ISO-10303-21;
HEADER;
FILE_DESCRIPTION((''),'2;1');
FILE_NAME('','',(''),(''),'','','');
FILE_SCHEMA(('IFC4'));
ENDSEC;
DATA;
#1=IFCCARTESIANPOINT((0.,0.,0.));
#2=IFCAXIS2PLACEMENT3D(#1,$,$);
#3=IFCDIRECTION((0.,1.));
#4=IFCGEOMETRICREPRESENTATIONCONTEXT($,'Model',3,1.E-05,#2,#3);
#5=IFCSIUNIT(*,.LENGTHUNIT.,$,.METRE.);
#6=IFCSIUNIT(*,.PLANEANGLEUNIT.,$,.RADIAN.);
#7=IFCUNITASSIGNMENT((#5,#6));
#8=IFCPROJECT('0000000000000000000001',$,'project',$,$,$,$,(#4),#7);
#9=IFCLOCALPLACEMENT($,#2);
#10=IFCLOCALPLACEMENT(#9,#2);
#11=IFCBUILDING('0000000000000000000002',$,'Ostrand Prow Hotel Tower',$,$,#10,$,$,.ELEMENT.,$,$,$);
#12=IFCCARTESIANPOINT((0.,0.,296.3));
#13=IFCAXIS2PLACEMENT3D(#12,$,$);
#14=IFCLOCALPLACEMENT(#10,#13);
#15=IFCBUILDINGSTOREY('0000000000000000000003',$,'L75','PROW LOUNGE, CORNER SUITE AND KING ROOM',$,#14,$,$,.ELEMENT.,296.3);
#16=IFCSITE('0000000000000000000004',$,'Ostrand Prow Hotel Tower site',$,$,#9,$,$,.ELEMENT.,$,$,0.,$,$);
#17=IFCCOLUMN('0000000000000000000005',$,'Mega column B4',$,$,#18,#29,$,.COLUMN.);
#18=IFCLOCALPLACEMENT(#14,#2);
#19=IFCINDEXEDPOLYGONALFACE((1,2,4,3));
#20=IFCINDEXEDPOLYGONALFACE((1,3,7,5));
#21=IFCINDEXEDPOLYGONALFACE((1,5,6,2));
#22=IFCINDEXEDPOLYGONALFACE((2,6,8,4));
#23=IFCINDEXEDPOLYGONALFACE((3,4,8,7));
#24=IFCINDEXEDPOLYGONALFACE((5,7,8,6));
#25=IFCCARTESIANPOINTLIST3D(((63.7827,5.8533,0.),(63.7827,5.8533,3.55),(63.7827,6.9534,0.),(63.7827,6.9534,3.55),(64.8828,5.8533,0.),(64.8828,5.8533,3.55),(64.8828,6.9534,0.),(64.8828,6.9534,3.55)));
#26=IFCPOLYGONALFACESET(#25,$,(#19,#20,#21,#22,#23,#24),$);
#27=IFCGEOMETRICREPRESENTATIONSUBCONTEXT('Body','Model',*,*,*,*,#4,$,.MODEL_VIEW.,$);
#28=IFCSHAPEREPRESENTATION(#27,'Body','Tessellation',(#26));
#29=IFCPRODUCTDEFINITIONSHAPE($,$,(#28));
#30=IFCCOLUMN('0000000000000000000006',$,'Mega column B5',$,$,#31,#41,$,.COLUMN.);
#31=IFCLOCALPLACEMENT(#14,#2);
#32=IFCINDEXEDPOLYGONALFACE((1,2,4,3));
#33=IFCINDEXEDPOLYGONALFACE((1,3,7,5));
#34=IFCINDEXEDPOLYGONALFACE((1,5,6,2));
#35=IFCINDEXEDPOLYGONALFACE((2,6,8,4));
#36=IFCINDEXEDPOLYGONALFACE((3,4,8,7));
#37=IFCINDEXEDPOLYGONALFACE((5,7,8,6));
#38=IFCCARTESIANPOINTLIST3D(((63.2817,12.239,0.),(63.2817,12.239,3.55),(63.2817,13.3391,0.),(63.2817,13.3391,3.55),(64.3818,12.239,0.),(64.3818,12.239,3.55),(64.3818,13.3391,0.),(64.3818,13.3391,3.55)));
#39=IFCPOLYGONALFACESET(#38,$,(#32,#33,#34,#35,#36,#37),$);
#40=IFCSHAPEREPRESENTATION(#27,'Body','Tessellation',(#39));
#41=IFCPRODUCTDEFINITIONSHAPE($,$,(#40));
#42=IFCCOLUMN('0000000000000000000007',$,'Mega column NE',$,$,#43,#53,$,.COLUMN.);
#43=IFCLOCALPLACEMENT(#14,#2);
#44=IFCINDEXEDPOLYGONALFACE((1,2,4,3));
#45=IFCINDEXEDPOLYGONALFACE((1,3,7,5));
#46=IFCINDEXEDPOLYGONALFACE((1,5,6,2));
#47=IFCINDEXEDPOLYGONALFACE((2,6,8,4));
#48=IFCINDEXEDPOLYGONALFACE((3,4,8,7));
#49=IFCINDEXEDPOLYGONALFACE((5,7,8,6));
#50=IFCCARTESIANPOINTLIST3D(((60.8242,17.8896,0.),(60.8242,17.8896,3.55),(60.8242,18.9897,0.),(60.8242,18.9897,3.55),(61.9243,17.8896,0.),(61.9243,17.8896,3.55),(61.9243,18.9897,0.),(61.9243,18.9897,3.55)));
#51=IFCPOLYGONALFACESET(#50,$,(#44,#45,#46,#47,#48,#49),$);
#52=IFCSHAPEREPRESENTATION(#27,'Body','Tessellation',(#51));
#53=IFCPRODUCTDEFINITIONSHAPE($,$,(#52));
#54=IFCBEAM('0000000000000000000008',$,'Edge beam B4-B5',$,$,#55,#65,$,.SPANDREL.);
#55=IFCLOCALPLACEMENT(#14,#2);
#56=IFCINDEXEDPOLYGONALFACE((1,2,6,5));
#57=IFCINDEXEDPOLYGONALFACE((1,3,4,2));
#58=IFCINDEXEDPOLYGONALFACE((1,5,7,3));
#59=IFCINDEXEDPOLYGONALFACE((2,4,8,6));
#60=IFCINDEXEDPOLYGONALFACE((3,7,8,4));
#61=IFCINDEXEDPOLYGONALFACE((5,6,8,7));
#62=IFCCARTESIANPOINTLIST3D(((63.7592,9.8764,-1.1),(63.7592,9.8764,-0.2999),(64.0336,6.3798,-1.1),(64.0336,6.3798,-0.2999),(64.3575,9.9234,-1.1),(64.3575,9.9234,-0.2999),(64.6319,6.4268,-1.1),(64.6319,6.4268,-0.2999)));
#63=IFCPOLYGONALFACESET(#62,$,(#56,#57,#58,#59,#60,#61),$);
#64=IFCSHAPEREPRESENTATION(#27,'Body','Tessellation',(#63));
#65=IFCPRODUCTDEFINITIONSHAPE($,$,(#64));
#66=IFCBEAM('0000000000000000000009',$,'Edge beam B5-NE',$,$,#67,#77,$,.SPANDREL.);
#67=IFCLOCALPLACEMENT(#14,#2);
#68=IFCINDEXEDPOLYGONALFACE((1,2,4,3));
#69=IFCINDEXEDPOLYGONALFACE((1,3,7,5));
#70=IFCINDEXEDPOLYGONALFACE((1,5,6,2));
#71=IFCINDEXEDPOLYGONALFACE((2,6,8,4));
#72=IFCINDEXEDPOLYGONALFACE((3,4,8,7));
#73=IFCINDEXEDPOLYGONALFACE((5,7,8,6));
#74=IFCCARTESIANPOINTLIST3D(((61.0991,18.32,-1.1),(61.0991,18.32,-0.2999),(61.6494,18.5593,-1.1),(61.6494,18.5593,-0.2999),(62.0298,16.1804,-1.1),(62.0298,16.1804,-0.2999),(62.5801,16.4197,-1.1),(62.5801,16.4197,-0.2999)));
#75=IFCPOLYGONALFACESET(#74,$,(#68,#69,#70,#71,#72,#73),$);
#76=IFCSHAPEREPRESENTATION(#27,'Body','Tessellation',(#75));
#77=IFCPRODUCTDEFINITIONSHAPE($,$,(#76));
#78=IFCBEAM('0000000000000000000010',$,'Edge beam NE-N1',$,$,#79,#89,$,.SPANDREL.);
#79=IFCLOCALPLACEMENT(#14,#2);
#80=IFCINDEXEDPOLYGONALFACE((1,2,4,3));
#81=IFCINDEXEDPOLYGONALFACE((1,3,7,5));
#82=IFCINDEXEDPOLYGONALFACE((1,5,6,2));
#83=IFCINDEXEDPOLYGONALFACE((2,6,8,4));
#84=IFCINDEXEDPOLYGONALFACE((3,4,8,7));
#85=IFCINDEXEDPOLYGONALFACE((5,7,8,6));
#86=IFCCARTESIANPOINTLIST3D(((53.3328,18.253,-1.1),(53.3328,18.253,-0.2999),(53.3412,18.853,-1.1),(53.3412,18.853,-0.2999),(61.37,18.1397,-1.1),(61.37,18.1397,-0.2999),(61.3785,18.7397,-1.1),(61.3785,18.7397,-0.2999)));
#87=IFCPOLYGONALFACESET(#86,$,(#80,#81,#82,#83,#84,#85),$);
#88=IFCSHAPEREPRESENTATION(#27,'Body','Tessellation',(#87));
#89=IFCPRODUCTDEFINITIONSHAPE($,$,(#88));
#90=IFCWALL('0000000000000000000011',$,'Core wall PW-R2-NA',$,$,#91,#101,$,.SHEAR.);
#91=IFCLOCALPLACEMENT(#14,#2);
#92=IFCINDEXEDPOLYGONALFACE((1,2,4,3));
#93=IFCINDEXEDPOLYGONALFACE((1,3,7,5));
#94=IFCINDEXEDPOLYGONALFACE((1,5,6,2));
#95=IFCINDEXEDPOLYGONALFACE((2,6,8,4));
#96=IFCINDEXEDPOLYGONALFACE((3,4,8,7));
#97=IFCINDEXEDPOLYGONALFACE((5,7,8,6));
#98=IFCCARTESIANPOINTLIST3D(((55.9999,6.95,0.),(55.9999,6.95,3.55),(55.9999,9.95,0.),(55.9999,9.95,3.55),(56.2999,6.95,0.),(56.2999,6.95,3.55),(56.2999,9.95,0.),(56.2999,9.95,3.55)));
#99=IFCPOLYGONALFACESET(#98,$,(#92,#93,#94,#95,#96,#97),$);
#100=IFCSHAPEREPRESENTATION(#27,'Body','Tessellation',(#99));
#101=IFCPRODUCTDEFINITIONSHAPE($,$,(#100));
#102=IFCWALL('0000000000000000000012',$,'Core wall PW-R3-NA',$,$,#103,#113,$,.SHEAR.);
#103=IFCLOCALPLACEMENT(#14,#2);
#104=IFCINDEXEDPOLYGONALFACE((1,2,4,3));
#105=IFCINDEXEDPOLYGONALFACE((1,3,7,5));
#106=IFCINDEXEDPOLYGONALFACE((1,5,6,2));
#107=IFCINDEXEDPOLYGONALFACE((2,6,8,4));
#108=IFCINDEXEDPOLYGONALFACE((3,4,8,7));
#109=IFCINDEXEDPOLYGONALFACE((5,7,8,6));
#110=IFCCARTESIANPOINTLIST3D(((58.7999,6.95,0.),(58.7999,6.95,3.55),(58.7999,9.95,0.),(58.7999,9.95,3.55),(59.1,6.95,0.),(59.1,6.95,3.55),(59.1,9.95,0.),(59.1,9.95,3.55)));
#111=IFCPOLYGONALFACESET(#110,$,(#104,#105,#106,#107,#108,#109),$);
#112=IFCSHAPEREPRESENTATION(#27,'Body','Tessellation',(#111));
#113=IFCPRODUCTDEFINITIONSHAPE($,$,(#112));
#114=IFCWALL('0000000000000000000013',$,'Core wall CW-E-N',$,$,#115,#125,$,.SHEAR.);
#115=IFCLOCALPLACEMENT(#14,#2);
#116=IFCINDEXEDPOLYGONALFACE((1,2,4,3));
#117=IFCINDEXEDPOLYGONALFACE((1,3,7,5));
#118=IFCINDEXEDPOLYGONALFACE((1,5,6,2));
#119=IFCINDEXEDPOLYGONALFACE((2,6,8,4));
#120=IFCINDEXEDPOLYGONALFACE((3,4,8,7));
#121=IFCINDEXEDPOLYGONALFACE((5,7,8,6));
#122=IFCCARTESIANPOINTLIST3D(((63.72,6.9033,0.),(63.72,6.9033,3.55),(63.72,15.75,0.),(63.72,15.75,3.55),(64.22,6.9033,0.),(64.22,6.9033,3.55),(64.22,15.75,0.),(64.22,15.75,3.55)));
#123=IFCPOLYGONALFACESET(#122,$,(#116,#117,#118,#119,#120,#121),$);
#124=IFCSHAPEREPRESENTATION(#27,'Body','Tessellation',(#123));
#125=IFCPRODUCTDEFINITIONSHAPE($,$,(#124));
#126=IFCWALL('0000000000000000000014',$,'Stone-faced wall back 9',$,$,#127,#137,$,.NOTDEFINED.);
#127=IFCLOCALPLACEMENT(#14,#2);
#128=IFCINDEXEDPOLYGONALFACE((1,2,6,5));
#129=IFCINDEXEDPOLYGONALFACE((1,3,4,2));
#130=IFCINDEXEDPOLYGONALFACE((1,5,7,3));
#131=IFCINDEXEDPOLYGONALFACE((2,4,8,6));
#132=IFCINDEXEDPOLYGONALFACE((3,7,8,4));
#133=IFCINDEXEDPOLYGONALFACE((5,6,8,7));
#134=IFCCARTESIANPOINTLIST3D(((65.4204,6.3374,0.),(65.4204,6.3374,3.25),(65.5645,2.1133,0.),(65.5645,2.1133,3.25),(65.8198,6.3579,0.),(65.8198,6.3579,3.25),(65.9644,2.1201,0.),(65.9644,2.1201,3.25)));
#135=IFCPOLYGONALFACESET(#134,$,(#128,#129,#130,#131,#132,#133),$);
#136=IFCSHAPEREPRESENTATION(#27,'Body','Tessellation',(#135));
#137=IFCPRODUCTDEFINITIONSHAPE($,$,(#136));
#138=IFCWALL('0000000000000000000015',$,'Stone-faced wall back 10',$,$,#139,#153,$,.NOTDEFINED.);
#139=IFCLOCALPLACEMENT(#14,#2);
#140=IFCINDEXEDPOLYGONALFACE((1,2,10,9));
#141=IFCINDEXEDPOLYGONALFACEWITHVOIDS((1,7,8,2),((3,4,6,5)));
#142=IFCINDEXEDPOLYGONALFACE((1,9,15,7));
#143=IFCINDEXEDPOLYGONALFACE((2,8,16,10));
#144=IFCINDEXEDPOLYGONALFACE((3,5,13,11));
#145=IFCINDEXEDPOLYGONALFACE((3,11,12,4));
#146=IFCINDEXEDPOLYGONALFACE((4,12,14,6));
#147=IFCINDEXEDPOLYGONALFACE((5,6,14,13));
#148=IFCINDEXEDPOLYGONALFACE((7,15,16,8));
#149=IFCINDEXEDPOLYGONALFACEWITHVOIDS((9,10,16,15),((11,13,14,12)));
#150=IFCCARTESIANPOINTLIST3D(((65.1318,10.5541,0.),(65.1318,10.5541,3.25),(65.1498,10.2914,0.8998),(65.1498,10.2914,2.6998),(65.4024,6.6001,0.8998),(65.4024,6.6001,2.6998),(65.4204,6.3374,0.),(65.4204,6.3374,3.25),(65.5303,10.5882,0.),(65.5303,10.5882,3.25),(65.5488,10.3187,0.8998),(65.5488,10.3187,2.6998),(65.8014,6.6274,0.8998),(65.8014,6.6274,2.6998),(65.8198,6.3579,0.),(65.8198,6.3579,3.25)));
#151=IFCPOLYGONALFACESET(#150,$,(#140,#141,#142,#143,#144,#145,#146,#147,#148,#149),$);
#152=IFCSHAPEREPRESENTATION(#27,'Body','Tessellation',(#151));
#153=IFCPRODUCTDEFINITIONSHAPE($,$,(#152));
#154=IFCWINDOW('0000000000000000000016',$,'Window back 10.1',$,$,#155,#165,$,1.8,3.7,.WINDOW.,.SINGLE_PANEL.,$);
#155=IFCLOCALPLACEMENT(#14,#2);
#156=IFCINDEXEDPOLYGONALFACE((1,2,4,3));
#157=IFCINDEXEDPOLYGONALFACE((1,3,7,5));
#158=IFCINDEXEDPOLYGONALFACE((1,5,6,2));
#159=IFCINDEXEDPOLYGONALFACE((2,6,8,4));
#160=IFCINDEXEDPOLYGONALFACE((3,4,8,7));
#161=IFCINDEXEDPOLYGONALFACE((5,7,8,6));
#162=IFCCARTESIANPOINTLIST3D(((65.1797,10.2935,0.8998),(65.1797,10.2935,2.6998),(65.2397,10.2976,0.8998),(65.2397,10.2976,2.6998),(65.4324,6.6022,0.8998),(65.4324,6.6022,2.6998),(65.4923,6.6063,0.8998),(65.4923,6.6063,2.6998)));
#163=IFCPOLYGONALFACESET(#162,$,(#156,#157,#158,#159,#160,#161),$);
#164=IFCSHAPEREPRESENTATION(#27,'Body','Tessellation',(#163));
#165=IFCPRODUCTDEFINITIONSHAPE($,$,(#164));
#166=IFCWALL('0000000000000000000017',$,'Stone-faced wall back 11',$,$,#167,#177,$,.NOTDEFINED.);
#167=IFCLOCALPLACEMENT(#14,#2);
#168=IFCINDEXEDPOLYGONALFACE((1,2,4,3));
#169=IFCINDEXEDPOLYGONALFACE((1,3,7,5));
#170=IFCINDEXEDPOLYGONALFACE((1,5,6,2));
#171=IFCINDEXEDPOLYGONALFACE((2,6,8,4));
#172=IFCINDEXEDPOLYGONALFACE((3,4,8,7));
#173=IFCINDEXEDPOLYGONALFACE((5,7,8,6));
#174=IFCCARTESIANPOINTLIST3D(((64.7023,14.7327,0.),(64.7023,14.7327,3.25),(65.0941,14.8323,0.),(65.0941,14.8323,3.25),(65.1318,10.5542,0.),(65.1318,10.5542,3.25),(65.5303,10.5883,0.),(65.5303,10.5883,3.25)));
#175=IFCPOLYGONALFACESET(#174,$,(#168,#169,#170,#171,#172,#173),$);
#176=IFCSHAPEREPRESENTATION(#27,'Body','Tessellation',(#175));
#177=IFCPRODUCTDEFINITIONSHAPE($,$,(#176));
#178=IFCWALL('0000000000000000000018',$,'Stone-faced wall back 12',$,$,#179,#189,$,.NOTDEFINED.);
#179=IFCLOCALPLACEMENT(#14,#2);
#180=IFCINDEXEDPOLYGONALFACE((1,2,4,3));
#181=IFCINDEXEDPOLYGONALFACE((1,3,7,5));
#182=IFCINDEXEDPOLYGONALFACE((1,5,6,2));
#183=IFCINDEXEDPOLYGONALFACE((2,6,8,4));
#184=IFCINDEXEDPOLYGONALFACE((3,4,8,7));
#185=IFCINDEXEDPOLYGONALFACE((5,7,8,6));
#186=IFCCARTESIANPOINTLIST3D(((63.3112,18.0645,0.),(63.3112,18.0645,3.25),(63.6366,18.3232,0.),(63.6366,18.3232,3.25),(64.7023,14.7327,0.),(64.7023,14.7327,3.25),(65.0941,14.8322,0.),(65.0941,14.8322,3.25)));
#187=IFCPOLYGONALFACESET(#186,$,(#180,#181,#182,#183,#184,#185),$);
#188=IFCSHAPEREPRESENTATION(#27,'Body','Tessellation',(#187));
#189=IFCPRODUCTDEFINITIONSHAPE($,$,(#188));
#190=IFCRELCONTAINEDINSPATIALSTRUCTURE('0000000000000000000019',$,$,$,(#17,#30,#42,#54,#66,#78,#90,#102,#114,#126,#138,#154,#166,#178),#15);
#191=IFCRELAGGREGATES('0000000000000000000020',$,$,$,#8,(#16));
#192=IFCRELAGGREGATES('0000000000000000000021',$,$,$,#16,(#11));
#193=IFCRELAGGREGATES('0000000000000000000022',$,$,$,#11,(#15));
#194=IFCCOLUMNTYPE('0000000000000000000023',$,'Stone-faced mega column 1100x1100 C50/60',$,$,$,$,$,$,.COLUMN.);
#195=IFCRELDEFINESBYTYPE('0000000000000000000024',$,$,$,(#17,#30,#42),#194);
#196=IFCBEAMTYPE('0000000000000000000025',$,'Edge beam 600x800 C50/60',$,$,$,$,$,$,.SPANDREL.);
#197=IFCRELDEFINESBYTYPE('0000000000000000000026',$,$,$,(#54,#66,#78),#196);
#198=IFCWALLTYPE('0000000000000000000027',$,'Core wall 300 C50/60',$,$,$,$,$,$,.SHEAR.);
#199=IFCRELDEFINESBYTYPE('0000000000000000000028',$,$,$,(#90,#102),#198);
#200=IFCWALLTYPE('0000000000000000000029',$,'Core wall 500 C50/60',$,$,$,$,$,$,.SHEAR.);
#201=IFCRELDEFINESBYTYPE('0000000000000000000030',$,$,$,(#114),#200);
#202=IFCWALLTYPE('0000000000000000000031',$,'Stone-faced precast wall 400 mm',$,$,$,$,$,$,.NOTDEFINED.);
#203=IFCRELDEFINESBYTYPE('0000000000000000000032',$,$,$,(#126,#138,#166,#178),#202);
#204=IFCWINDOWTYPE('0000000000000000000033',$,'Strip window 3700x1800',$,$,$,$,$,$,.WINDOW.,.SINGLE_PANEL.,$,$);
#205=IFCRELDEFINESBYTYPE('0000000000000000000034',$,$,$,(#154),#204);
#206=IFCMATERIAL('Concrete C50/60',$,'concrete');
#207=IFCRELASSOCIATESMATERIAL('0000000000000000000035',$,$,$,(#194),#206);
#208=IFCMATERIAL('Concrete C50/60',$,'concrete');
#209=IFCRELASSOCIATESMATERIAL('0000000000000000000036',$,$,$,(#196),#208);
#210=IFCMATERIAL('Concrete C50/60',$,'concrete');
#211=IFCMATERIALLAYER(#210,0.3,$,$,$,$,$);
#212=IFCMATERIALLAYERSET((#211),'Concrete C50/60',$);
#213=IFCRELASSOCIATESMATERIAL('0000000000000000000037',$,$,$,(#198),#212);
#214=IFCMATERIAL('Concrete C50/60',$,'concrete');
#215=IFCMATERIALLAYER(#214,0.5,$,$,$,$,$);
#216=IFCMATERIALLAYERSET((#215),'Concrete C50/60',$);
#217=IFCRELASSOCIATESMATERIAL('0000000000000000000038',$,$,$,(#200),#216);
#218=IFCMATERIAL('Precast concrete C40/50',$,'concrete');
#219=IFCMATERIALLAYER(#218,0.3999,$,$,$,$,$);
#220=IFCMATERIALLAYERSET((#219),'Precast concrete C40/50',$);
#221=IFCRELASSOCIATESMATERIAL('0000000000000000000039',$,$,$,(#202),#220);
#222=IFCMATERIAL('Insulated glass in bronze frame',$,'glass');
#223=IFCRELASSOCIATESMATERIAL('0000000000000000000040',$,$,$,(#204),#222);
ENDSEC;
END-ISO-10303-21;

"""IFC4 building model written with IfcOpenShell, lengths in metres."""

from ifc_helpers import new_model, si_unit, direction, frame, frame_2d, origin, origin_2d, place, context, subcontext, project, spatial, polyline, rectangle, outline, extrude, material, layer, layer_set, material_profile, profile_set, type_object, element, fill, save


model = new_model("IFC4")

# Units and contexts
model_context = context("Model", 3, precision=1e-05, world=origin(), true_north=direction((0.0, 1.0)))
body_context = subcontext(model_context, "Body", "Model", "MODEL_VIEW")
ifc_project = project(units=[si_unit("LENGTHUNIT", "METRE"), si_unit("PLANEANGLEUNIT", "RADIAN")], contexts=[model_context])

# Site, building, storey
site_placement = place(None, origin())
site = spatial("IfcSite", under=ifc_project, at=site_placement, Name="Ostrand Prow Hotel Tower site", CompositionType="ELEMENT", RefElevation=0.0)
building_placement = place(site_placement, origin())
building = spatial("IfcBuilding", under=site, at=building_placement, Name="Ostrand Prow Hotel Tower", CompositionType="ELEMENT")
storey_placement = place(building_placement, frame((0.0, 0.0, 296.3)))
storey = spatial("IfcBuildingStorey", under=building, at=storey_placement, Name="L75", Description="PROW LOUNGE, CORNER SUITE AND KING ROOM", CompositionType="ELEMENT", Elevation=296.3)

# Columns
ifc_material_1 = material(Name="Concrete C50/60", Category="concrete")
ifc_material_profile_1 = material_profile(ifc_material_1, rectangle(XDim=1.1001, YDim=1.1001, at=origin_2d()), Name="RC 1100x1100")
ifc_profile_set_1 = profile_set([ifc_material_profile_1], Name="Concrete C50/60")
column_type = type_object("IfcColumnType", Name="Stone-faced mega column 1100x1100 C50/60", PredefinedType="COLUMN", material=ifc_profile_set_1)
for number, where, z_axis, x_axis, name in (
    (1, (64.3328, 6.4033, 0.0), (0.0, 0.0, 1.0), (1.0, 0.0, 0.0), "Mega column B4"),
    (2, (63.8318, 12.7891, 0.0), (0.0, 0.0, 1.0), (1.0, 0.0, 0.0), "Mega column B5"),
    (3, (61.3743, 18.4397, 0.0), (0.0, 0.0, 1.0), (1.0, 0.0, 0.0), "Mega column NE"),
):
    element("IfcColumn", number, at=place(storey_placement, frame(where, z_axis=z_axis, x_axis=x_axis)), inside=storey, type_object=column_type, Name=name, PredefinedType="COLUMN", context=body_context, shape_type="SweptSolid", body=[
        extrude(rectangle(XDim=1.1001, YDim=1.1001, at=origin_2d()), origin(), (0.0, 0.0, 1.0), 3.55),
    ])

# Beams
ifc_material_2 = material(Name="Concrete C50/60", Category="concrete")
ifc_material_profile_2 = material_profile(ifc_material_2, rectangle(XDim=0.6001, YDim=0.8, at=origin_2d()), Name="RC 600x800")
ifc_profile_set_2 = profile_set([ifc_material_profile_2], Name="Concrete C50/60")
beam_type = type_object("IfcBeamType", Name="Edge beam 600x800 C50/60", PredefinedType="SPANDREL", material=ifc_profile_set_2)
beam_1_placement = place(storey_placement, frame((64.3328, 6.4033, -0.7), z_axis=(-0.07824, 0.996935, 0.0), x_axis=(-0.996935, -0.07824, 0.0)))
element("IfcBeam", 4, at=beam_1_placement, inside=storey, type_object=beam_type, Name="Edge beam B4-B5", PredefinedType="SPANDREL", context=body_context, shape_type="SweptSolid", body=[
    extrude(rectangle(XDim=0.6001, YDim=0.8, at=origin_2d()), origin(), (0.0, 0.0, 1.0), 3.5073),
])
beam_2_placement = place(storey_placement, frame((62.3049, 16.3, -0.7), z_axis=(-0.398864, 0.91701, 0.0), x_axis=(-0.91701, -0.398864, 0.0)))
element("IfcBeam", 5, at=beam_2_placement, inside=storey, type_object=beam_type, Name="Edge beam B5-NE", PredefinedType="SPANDREL", context=body_context, shape_type="SweptSolid", body=[
    extrude(rectangle(XDim=0.6001, YDim=0.8, at=origin_2d()), origin(), (0.0, 0.0, 1.0), 2.3333),
])
beam_3_placement = place(storey_placement, frame((61.3743, 18.4397, -0.7), z_axis=(-0.999901, 0.014093, 0.0), x_axis=(-0.014093, -0.999901, 0.0)))
element("IfcBeam", 6, at=beam_3_placement, inside=storey, type_object=beam_type, Name="Edge beam NE-N1", PredefinedType="SPANDREL", context=body_context, shape_type="SweptSolid", body=[
    extrude(rectangle(XDim=0.6001, YDim=0.8, at=origin_2d()), origin(), (0.0, 0.0, 1.0), 8.0381),
])

# Walls
ifc_material_3 = material(Name="Concrete C50/60", Category="concrete")
ifc_layer_1 = layer(ifc_material_3, 0.3)
ifc_layer_set_1 = layer_set([ifc_layer_1], Name="Concrete C50/60")
wall_type_1 = type_object("IfcWallType", Name="Core wall 300 C50/60", PredefinedType="SHEAR", material=ifc_layer_set_1)
for number, where, z_axis, x_axis, name in (
    (7, (56.1499, 6.95, 0.0), (0.0, 0.0, 1.0), (0.0, 1.0, 0.0), "Core wall PW-R2-NA"),
    (8, (58.95, 6.95, 0.0), (0.0, 0.0, 1.0), (0.0, 1.0, 0.0), "Core wall PW-R3-NA"),
):
    element("IfcWall", number, at=place(storey_placement, frame(where, z_axis=z_axis, x_axis=x_axis)), inside=storey, type_object=wall_type_1, Name=name, PredefinedType="SHEAR", context=body_context, shape_type="SweptSolid", body=[
        extrude(rectangle(XDim=3.0, YDim=0.3, at=frame_2d((1.5, 0.0))), origin(), (0.0, 0.0, 1.0), 3.55),
    ])
ifc_material_4 = material(Name="Concrete C50/60", Category="concrete")
ifc_layer_2 = layer(ifc_material_4, 0.5)
ifc_layer_set_2 = layer_set([ifc_layer_2], Name="Concrete C50/60")
wall_type_2 = type_object("IfcWallType", Name="Core wall 500 C50/60", PredefinedType="SHEAR", material=ifc_layer_set_2)
wall_1_placement = place(storey_placement, frame((63.97, 6.9033, 0.0), z_axis=(0.0, 0.0, 1.0), x_axis=(0.0, 1.0, 0.0)))
element("IfcWall", 9, at=wall_1_placement, inside=storey, type_object=wall_type_2, Name="Core wall CW-E-N", PredefinedType="SHEAR", context=body_context, shape_type="SweptSolid", body=[
    extrude(rectangle(XDim=8.8467, YDim=0.5, at=frame_2d((4.4233, 0.0))), origin(), (0.0, 0.0, 1.0), 3.55),
])
ifc_material_5 = material(Name="Precast concrete C40/50", Category="concrete")
ifc_layer_3 = layer(ifc_material_5, 0.3999)
ifc_layer_set_3 = layer_set([ifc_layer_3], Name="Precast concrete C40/50")
wall_type_3 = type_object("IfcWallType", Name="Stone-faced precast wall 400 mm", PredefinedType="NOTDEFINED", material=ifc_layer_set_3)
wall_2_placement = place(storey_placement, frame((65.7644, 2.1167, 0.0), z_axis=(0.0, 0.0, 1.0), x_axis=(-0.034083, 0.999419, 0.0)))
element("IfcWall", 10, at=wall_2_placement, inside=storey, type_object=wall_type_3, Name="Stone-faced wall back 9", PredefinedType="NOTDEFINED", context=body_context, shape_type="SweptSolid", body=[
    extrude(outline(polyline([(-0.0034, -0.2), (4.2368, -0.2), (4.23, 0.2), (0.0034, 0.2), (-0.0034, -0.2)])), origin(), (0.0, 0.0, 1.0), 3.25),
])

# Wall, opening, window
wall_3_placement = place(storey_placement, frame((65.6201, 6.3477, 0.0), z_axis=(0.0, 0.0, 1.0), x_axis=(-0.06828, 0.997666, 0.0)))
wall_3 = element("IfcWall", 11, at=wall_3_placement, inside=storey, type_object=wall_type_3, Name="Stone-faced wall back 10", PredefinedType="NOTDEFINED", context=body_context, shape_type="SweptSolid", body=[
    extrude(outline(polyline([(-0.0034, -0.2), (4.2368, -0.2), (4.23, 0.2), (0.0034, 0.2), (-0.0034, -0.2)])), origin(), (0.0, 0.0, 1.0), 3.25),
])
opening_placement = place(wall_3_placement, frame((0.2666, 0.0, 0.8999)))
opening = element("IfcOpeningElement", 12, at=opening_placement, cuts=wall_3, PredefinedType="OPENING", context=body_context, shape_type="SweptSolid", body=[
    extrude(rectangle(XDim=3.7, YDim=1.8, at=frame_2d((1.8501, 0.8999))), frame((0.0, 0.21, 0.0), z_axis=(0.0, -1.0, 0.0), x_axis=(1.0, 0.0, 0.0)), (0.0, 0.0, 1.0), 0.4199),
])
ifc_material_6 = material(Name="Insulated glass in bronze frame", Category="glass")
window_type = type_object("IfcWindowType", Name="Strip window 3700x1800", PartitioningType="SINGLE_PANEL", PredefinedType="WINDOW", material=ifc_material_6)
window_placement = place(opening_placement, origin())
window = element("IfcWindow", 13, at=window_placement, inside=storey, type_object=window_type, Name="Window back 10.1", OverallHeight=1.8, OverallWidth=3.7, PartitioningType="SINGLE_PANEL", PredefinedType="WINDOW", context=body_context, shape_type="SweptSolid", body=[
    extrude(rectangle(XDim=3.7, YDim=1.8, at=frame_2d((1.8501, 0.8999))), frame((0.0, 0.1699, 0.0), z_axis=(0.0, -1.0, 0.0), x_axis=(1.0, 0.0, 0.0)), (0.0, 0.0, 1.0), 0.0601),
])
fill(opening, window)

# Walls
wall_4_placement = place(storey_placement, frame((65.3311, 10.5713, 0.0), z_axis=(0.0, 0.0, 1.0), x_axis=(-0.10225, 0.994759, 0.0)))
element("IfcWall", 14, at=wall_4_placement, inside=storey, type_object=wall_type_3, Name="Stone-faced wall back 11", PredefinedType="NOTDEFINED", context=body_context, shape_type="SweptSolid", body=[
    extrude(outline(polyline([(-0.0034, -0.2), (4.2629, -0.2), (4.2039, 0.2), (0.0034, 0.2), (-0.0034, -0.2)])), origin(), (0.0, 0.0, 1.0), 3.25),
])
wall_5_placement = place(storey_placement, frame((64.8982, 14.7825, 0.0), z_axis=(0.0, 0.0, 1.0), x_axis=(-0.385286, 0.922797, 0.0)))
element("IfcWall", 15, at=wall_5_placement, inside=storey, type_object=wall_type_3, Name="Stone-faced wall back 12", PredefinedType="NOTDEFINED", context=body_context, shape_type="SweptSolid", body=[
    extrude(outline(polyline([(-0.0295, -0.2), (3.7534, -0.2), (3.6401, 0.2), (0.0295, 0.2), (-0.0295, -0.2)])), origin(), (0.0, 0.0, 1.0), 3.25),
])

save(model, "model.ifc")
